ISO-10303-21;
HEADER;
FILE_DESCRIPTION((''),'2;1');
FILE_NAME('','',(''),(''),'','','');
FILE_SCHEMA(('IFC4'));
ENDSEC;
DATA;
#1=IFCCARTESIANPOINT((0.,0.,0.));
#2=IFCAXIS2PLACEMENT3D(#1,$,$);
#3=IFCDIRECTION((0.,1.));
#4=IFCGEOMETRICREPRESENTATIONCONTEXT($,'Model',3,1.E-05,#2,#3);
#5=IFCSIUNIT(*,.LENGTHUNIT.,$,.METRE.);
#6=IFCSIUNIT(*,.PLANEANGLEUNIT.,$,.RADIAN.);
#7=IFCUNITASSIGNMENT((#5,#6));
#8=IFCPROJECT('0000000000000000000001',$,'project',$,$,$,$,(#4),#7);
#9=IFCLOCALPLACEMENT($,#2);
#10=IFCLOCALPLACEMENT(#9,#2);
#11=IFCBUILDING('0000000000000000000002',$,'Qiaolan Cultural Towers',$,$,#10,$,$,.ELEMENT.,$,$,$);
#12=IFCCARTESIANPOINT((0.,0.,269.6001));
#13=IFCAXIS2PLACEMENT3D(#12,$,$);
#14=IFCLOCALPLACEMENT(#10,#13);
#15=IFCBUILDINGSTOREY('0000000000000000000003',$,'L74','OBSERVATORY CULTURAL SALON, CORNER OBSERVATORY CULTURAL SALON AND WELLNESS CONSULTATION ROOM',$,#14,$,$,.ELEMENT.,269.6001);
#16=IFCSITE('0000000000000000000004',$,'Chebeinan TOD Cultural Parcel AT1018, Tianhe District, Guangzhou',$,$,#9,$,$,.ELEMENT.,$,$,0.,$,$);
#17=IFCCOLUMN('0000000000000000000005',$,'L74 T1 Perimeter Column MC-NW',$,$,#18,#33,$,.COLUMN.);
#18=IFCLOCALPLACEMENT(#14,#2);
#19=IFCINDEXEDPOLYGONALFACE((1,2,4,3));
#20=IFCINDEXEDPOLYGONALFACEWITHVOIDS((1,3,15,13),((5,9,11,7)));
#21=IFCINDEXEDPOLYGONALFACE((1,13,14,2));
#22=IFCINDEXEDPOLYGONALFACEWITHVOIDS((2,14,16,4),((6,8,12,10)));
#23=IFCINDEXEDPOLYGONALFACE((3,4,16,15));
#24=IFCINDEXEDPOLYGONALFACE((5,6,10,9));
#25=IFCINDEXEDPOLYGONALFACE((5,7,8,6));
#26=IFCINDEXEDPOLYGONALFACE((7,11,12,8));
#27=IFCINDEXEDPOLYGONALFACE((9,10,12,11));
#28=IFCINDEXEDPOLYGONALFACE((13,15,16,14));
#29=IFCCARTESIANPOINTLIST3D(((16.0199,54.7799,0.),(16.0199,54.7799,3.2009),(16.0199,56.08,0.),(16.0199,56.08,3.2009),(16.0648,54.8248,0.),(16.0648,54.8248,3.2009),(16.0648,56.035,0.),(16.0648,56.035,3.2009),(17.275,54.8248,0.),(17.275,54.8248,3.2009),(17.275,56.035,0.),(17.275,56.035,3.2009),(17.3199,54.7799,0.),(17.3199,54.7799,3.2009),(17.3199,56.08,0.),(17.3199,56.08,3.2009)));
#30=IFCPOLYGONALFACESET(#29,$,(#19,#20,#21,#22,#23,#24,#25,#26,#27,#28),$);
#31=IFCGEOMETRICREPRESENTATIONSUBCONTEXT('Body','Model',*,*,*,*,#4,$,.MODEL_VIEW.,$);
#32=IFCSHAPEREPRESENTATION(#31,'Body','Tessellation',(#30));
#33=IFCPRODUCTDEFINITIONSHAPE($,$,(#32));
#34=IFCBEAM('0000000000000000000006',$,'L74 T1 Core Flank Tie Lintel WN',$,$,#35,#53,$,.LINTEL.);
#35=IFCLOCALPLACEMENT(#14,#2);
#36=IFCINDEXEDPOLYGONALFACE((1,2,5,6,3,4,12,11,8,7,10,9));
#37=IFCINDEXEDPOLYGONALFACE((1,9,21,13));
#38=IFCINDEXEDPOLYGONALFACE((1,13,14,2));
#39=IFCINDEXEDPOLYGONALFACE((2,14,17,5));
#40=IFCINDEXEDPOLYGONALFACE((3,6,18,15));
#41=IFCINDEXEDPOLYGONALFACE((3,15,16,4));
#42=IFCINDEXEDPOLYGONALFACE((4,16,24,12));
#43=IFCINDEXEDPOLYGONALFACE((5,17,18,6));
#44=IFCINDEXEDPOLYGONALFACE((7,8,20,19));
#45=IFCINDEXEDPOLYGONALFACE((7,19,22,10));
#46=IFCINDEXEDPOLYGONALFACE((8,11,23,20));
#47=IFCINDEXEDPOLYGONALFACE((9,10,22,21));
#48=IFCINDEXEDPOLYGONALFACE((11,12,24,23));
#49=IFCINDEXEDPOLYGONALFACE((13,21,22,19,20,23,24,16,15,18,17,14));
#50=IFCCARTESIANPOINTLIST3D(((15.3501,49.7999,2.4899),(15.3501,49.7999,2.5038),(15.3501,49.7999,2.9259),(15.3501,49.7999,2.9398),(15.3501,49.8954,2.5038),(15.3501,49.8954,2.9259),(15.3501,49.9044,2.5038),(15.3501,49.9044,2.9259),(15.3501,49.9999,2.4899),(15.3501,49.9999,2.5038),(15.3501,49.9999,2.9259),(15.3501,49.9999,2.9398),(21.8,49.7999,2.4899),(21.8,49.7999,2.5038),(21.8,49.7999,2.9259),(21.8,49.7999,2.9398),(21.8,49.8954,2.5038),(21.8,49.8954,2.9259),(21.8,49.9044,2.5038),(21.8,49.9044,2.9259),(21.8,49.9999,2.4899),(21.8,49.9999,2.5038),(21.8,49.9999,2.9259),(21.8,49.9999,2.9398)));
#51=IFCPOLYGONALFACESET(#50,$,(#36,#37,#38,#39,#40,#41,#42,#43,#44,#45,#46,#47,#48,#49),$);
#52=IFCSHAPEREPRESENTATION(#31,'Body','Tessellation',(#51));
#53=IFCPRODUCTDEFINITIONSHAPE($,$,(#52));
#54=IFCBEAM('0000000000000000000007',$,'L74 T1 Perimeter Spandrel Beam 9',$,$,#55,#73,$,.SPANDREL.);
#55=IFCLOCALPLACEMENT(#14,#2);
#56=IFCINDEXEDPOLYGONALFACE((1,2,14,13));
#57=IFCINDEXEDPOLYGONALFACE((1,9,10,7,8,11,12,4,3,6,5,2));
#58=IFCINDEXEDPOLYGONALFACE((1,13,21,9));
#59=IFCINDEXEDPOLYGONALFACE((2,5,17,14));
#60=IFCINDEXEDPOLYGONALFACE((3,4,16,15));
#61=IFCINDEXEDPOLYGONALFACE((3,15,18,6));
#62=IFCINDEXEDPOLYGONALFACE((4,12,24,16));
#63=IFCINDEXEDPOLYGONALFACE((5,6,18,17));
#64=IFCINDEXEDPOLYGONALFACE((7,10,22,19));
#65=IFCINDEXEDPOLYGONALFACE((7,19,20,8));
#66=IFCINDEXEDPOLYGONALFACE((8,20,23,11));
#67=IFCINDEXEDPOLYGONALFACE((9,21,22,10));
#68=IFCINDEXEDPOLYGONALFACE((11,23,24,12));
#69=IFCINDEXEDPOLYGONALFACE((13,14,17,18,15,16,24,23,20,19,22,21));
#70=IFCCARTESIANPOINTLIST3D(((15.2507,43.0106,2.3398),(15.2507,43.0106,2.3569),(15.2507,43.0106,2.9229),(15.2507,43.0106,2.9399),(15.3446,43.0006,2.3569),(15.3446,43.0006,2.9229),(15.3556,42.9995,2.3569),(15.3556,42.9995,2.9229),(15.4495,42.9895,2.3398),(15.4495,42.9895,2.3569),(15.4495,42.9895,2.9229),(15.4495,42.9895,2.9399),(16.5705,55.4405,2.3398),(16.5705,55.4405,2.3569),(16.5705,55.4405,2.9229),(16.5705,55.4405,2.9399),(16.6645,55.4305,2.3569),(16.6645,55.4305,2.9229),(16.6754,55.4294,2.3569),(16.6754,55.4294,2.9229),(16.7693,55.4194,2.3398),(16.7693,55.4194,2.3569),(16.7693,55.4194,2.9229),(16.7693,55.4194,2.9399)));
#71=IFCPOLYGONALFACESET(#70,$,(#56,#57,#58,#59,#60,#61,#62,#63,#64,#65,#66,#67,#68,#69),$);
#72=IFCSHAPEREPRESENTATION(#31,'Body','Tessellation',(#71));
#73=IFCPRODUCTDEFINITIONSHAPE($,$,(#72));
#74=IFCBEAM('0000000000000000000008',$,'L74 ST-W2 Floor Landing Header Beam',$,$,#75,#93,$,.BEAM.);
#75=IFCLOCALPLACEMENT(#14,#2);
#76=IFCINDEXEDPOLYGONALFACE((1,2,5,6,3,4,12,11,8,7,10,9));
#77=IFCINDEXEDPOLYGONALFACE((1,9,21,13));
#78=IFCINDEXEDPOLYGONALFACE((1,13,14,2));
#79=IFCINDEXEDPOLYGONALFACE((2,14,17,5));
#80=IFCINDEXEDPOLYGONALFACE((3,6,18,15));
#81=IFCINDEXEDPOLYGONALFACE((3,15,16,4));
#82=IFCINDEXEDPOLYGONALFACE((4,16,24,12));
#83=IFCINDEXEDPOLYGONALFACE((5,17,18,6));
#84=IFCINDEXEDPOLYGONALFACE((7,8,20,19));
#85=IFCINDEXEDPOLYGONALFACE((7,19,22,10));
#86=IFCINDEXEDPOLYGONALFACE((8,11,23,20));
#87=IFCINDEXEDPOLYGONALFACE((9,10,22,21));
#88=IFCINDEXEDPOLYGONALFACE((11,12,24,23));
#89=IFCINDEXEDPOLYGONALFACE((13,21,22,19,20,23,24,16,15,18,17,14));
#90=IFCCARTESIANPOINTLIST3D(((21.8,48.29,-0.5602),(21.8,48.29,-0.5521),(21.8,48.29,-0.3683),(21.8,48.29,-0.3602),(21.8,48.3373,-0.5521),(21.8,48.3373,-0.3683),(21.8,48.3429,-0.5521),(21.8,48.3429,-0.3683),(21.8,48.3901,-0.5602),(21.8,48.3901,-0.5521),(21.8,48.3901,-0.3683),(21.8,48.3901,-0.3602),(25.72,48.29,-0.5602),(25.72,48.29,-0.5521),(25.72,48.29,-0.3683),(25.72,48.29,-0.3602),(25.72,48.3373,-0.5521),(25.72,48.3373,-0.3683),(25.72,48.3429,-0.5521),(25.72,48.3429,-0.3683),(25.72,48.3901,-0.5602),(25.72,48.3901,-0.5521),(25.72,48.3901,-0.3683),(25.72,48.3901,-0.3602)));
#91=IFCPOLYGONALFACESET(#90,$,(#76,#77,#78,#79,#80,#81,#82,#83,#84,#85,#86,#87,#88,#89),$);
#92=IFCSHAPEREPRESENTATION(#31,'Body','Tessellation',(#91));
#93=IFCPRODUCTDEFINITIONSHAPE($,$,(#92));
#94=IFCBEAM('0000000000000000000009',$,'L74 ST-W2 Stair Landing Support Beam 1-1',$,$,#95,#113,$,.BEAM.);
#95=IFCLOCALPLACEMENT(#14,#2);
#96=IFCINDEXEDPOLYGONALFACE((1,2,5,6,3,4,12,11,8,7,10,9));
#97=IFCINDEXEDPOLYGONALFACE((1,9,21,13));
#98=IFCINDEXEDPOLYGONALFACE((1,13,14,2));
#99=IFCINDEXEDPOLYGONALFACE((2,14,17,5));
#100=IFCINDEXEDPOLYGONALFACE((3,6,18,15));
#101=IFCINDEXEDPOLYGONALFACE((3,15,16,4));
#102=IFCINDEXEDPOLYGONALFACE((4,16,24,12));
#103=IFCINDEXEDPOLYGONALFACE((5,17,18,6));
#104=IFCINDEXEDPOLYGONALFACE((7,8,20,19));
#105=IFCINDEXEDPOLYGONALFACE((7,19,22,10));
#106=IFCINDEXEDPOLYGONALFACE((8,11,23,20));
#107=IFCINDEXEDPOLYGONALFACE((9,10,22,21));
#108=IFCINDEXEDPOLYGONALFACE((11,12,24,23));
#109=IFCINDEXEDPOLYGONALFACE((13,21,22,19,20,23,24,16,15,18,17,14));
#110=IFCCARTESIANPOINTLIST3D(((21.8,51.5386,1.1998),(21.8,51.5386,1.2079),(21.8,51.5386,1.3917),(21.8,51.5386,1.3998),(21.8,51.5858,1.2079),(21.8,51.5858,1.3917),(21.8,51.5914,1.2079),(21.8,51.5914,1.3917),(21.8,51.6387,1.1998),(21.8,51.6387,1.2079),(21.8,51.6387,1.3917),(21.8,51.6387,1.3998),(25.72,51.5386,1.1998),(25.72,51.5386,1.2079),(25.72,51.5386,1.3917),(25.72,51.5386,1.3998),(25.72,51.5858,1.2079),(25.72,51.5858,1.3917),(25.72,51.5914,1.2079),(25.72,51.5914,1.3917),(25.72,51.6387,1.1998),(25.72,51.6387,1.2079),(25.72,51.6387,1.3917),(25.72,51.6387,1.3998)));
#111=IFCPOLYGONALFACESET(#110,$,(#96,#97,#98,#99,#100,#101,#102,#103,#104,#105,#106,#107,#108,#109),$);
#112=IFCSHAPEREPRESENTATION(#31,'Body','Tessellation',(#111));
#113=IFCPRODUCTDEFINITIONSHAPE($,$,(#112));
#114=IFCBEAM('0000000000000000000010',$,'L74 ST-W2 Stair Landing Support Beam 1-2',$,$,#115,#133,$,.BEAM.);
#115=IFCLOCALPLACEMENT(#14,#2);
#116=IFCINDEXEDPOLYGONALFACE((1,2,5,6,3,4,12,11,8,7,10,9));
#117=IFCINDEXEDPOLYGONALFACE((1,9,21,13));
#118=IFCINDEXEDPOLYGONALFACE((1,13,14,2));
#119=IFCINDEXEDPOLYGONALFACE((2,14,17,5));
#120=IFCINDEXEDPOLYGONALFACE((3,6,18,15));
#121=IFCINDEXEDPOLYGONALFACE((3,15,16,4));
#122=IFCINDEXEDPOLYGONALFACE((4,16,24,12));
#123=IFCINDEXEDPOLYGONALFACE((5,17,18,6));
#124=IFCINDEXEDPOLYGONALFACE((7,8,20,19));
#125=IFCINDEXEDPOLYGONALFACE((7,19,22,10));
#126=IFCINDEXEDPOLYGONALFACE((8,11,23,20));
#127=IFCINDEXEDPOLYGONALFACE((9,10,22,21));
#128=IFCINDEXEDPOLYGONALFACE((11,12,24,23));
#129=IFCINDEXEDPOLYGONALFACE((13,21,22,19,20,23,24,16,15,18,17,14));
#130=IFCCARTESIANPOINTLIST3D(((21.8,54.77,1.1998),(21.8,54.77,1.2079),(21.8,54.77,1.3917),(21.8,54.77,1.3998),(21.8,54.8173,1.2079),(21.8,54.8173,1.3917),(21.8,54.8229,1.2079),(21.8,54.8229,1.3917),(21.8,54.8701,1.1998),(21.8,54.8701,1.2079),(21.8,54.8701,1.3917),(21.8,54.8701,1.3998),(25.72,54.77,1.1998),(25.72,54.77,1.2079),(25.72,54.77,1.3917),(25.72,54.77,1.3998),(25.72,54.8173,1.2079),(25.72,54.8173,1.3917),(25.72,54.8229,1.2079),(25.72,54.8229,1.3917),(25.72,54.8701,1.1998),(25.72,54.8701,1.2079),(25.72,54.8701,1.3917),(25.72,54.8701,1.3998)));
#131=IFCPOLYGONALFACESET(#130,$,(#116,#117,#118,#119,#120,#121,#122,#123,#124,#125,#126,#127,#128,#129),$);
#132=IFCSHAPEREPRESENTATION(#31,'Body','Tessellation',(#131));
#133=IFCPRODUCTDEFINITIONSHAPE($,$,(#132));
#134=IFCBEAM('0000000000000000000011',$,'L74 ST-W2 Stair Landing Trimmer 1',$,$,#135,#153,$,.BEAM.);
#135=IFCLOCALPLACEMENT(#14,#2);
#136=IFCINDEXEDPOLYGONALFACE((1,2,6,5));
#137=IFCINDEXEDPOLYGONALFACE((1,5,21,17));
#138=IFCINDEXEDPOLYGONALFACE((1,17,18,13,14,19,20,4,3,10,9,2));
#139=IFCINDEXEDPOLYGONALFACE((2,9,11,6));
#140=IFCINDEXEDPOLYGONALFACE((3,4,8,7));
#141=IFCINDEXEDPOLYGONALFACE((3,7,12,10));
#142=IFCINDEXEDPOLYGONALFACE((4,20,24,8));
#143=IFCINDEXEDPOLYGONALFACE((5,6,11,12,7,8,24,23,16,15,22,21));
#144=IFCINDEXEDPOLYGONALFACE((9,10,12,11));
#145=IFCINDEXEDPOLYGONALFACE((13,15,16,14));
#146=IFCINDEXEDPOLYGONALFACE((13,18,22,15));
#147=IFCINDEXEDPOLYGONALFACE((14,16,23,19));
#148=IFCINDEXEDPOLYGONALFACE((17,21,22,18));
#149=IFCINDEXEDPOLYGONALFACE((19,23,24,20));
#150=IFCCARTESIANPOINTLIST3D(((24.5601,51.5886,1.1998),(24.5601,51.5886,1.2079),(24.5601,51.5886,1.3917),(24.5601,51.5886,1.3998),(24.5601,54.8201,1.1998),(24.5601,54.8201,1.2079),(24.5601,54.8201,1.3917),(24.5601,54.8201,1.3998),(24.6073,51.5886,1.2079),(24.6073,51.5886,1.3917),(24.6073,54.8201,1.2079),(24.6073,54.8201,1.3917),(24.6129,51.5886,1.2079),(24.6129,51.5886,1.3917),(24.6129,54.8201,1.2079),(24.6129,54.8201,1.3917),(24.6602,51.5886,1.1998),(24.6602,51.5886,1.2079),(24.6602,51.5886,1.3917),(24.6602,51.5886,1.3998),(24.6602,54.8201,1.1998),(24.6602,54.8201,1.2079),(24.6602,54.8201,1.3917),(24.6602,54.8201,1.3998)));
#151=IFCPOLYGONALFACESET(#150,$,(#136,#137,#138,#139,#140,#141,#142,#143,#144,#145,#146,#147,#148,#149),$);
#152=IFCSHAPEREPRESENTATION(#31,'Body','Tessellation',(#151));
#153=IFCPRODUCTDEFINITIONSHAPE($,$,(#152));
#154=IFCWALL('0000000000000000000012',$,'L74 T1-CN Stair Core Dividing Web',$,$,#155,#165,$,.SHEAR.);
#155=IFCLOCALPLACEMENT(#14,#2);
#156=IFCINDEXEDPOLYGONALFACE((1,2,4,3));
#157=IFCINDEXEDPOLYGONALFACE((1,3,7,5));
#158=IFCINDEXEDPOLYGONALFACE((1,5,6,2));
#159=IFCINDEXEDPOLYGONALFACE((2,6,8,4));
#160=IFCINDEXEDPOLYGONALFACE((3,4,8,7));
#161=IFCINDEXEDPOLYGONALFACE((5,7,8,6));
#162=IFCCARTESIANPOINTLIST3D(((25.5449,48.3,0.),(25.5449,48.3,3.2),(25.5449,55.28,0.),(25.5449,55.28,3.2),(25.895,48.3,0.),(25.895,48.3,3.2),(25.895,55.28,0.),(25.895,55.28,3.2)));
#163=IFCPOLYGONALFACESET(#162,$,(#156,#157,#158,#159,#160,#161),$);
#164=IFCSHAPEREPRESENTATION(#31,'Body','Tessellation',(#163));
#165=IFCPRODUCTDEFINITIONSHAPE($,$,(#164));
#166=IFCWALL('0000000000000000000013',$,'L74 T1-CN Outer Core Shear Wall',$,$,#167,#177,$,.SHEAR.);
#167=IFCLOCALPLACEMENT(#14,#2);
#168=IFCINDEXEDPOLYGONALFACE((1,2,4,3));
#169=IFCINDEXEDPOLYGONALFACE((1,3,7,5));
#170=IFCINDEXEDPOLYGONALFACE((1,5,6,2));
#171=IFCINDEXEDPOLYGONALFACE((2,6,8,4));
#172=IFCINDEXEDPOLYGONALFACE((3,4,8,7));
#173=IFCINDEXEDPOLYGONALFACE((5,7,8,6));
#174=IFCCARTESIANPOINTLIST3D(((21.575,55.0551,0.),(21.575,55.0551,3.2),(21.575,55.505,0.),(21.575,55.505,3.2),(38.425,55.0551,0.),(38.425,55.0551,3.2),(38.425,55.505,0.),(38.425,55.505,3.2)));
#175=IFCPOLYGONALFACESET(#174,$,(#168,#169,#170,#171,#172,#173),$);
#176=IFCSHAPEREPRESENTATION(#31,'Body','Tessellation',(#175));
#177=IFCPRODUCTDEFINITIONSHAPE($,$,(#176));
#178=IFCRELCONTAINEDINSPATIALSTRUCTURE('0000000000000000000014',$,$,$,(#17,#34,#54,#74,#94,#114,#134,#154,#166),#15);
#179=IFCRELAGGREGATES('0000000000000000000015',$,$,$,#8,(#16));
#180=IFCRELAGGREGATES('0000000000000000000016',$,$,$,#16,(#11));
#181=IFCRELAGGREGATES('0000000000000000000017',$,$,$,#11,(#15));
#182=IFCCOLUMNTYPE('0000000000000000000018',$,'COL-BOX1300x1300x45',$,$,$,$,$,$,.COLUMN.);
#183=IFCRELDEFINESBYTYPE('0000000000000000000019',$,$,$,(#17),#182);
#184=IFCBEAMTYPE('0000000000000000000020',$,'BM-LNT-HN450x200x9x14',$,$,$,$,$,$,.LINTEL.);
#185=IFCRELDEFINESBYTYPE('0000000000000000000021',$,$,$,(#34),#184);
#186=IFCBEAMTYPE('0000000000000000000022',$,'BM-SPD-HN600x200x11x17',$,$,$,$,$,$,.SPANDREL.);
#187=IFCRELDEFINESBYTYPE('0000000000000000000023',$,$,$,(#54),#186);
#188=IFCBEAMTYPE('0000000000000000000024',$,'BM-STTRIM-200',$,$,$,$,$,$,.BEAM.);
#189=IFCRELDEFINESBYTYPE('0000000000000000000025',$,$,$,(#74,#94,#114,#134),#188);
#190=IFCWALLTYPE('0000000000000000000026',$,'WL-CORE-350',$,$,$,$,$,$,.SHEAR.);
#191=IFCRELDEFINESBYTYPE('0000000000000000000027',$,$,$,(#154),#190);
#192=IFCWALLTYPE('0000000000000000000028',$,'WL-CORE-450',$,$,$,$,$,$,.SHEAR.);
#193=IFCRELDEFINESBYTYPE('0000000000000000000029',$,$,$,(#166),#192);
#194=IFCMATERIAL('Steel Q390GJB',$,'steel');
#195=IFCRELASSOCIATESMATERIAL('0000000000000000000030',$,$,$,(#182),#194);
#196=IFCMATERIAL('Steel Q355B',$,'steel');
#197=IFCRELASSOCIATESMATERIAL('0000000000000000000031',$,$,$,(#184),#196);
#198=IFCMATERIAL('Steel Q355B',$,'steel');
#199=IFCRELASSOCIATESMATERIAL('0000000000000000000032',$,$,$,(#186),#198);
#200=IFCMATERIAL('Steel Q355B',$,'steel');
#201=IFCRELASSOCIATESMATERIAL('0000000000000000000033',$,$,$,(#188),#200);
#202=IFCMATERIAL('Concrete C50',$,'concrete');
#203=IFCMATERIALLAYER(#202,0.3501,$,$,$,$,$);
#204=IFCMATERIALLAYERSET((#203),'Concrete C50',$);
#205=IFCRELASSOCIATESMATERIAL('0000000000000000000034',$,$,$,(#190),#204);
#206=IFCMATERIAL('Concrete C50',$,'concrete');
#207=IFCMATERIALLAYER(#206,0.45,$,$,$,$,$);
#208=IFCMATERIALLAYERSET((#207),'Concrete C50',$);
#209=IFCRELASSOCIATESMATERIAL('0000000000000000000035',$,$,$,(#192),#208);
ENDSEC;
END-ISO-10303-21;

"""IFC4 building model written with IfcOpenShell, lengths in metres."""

from ifc_helpers import new_model, si_unit, direction, frame, frame_2d, origin, origin_2d, place, context, subcontext, project, spatial, rectangle, hollow_rectangle, i_section, extrude, material, layer, layer_set, material_profile, profile_set, type_object, element, save


model = new_model("IFC4")

# Units and contexts
model_context = context("Model", 3, precision=1e-05, world=origin(), true_north=direction((0.0, 1.0)))
body_context = subcontext(model_context, "Body", "Model", "MODEL_VIEW")
ifc_project = project(units=[si_unit("LENGTHUNIT", "METRE"), si_unit("PLANEANGLEUNIT", "RADIAN")], contexts=[model_context])

# Site, building, storey
site_placement = place(None, origin())
site = spatial("IfcSite", under=ifc_project, at=site_placement, Name="Chebeinan TOD Cultural Parcel AT1018, Tianhe District, Guangzhou", CompositionType="ELEMENT", RefElevation=0.0)
building_placement = place(site_placement, origin())
building = spatial("IfcBuilding", under=site, at=building_placement, Name="Qiaolan Cultural Towers", CompositionType="ELEMENT")
storey_placement = place(building_placement, frame((0.0, 0.0, 269.6001)))
storey = spatial("IfcBuildingStorey", under=building, at=storey_placement, Name="L74", Description="OBSERVATORY CULTURAL SALON, CORNER OBSERVATORY CULTURAL SALON AND WELLNESS CONSULTATION ROOM", CompositionType="ELEMENT", Elevation=269.6001)

# Column
ifc_material_1 = material(Name="Steel Q390GJB", Category="steel")
ifc_material_profile_1 = material_profile(ifc_material_1, hollow_rectangle(XDim=1.3, YDim=1.3, WallThickness=0.0449, at=origin_2d()), Name="BOX1300x1300x45")
ifc_profile_set_1 = profile_set([ifc_material_profile_1], Name="Steel Q390GJB")
column_type = type_object("IfcColumnType", Name="COL-BOX1300x1300x45", PredefinedType="COLUMN", material=ifc_profile_set_1)
column_placement = place(storey_placement, frame((16.6699, 55.4299, 0.0), z_axis=(0.0, 0.0, 1.0), x_axis=(1.0, 0.0, 0.0)))
element("IfcColumn", 1, at=column_placement, inside=storey, type_object=column_type, Name="L74 T1 Perimeter Column MC-NW", PredefinedType="COLUMN", context=body_context, shape_type="SweptSolid", body=[
    extrude(hollow_rectangle(XDim=1.3, YDim=1.3, WallThickness=0.0449, at=origin_2d()), origin(), (0.0, 0.0, 1.0), 3.2009),
])

# Beams
ifc_material_2 = material(Name="Steel Q355B", Category="steel")
ifc_material_profile_2 = material_profile(ifc_material_2, i_section(OverallWidth=0.2, OverallDepth=0.45, WebThickness=0.009, FlangeThickness=0.0139, at=origin_2d()), Name="HN450x200x9x14")
ifc_profile_set_2 = profile_set([ifc_material_profile_2], Name="Steel Q355B")
beam_type_1 = type_object("IfcBeamType", Name="BM-LNT-HN450x200x9x14", PredefinedType="LINTEL", material=ifc_profile_set_2)
beam_1_placement = place(storey_placement, frame((21.8, 49.8999, 2.7148), z_axis=(-1.0, 0.0, 0.0), x_axis=(0.0, -1.0, 0.0)))
element("IfcBeam", 2, at=beam_1_placement, inside=storey, type_object=beam_type_1, Name="L74 T1 Core Flank Tie Lintel WN", PredefinedType="LINTEL", context=body_context, shape_type="SweptSolid", body=[
    extrude(i_section(OverallWidth=0.2, OverallDepth=0.45, WebThickness=0.009, FlangeThickness=0.0139, at=origin_2d()), origin(), (0.0, 0.0, 1.0), 6.45),
])
ifc_material_3 = material(Name="Steel Q355B", Category="steel")
ifc_material_profile_3 = material_profile(ifc_material_3, i_section(OverallWidth=0.2, OverallDepth=0.6001, WebThickness=0.011, FlangeThickness=0.0171, at=origin_2d()), Name="HN600x200x11x17")
ifc_profile_set_3 = profile_set([ifc_material_profile_3], Name="Steel Q355B")
beam_type_2 = type_object("IfcBeamType", Name="BM-SPD-HN600x200x11x17", PredefinedType="SPANDREL", material=ifc_profile_set_3)
beam_2_placement = place(storey_placement, frame((16.6699, 55.4299, 2.6399), z_axis=(-0.105588, -0.99441, 0.0), x_axis=(0.99441, -0.105588, 0.0)))
element("IfcBeam", 3, at=beam_2_placement, inside=storey, type_object=beam_type_2, Name="L74 T1 Perimeter Spandrel Beam 9", PredefinedType="SPANDREL", context=body_context, shape_type="SweptSolid", body=[
    extrude(i_section(OverallWidth=0.2, OverallDepth=0.6001, WebThickness=0.011, FlangeThickness=0.0171, at=origin_2d()), origin(), (0.0, 0.0, 1.0), 12.4998),
])
ifc_material_4 = material(Name="Steel Q355B", Category="steel")
ifc_material_profile_4 = material_profile(ifc_material_4, i_section(OverallWidth=0.1001, OverallDepth=0.2, WebThickness=0.0056, FlangeThickness=0.0081, at=origin_2d()), Name="HN200x100x5.5x8")
ifc_profile_set_4 = profile_set([ifc_material_profile_4], Name="Steel Q355B")
beam_type_3 = type_object("IfcBeamType", Name="BM-STTRIM-200", PredefinedType="BEAM", material=ifc_profile_set_4)
for number, where, z_axis, x_axis, name in (
    (4, (21.8, 48.3401, -0.4602), (1.0, 0.0, 0.0), (0.0, 1.0, 0.0), "L74 ST-W2 Floor Landing Header Beam"),
    (5, (21.8, 51.5886, 1.2998), (1.0, 0.0, 0.0), (0.0, 1.0, 0.0), "L74 ST-W2 Stair Landing Support Beam 1-1"),
    (6, (21.8, 54.8201, 1.2998), (1.0, 0.0, 0.0), (0.0, 1.0, 0.0), "L74 ST-W2 Stair Landing Support Beam 1-2"),
):
    element("IfcBeam", number, at=place(storey_placement, frame(where, z_axis=z_axis, x_axis=x_axis)), inside=storey, type_object=beam_type_3, Name=name, PredefinedType="BEAM", context=body_context, shape_type="SweptSolid", body=[
        extrude(i_section(OverallWidth=0.1001, OverallDepth=0.2, WebThickness=0.0056, FlangeThickness=0.0081, at=origin_2d()), origin(), (0.0, 0.0, 1.0), 3.9199),
    ])
beam_3_placement = place(storey_placement, frame((24.6101, 51.5886, 1.2998), z_axis=(0.0, 1.0, 0.0), x_axis=(-1.0, 0.0, 0.0)))
element("IfcBeam", 7, at=beam_3_placement, inside=storey, type_object=beam_type_3, Name="L74 ST-W2 Stair Landing Trimmer 1", PredefinedType="BEAM", context=body_context, shape_type="SweptSolid", body=[
    extrude(i_section(OverallWidth=0.1001, OverallDepth=0.2, WebThickness=0.0056, FlangeThickness=0.0081, at=origin_2d()), origin(), (0.0, 0.0, 1.0), 3.2314),
])

# Walls
ifc_material_5 = material(Name="Concrete C50", Category="concrete")
ifc_layer_1 = layer(ifc_material_5, 0.3501)
ifc_layer_set_1 = layer_set([ifc_layer_1], Name="Concrete C50")
wall_type_1 = type_object("IfcWallType", Name="WL-CORE-350", PredefinedType="SHEAR", material=ifc_layer_set_1)
wall_1_placement = place(storey_placement, frame((25.72, 48.3, 0.0), z_axis=(0.0, 0.0, 1.0), x_axis=(0.0, 1.0, 0.0)))
element("IfcWall", 8, at=wall_1_placement, inside=storey, type_object=wall_type_1, Name="L74 T1-CN Stair Core Dividing Web", PredefinedType="SHEAR", context=body_context, shape_type="SweptSolid", body=[
    extrude(rectangle(XDim=6.98, YDim=0.3501, at=frame_2d((3.49, 0.0))), origin(), (0.0, 0.0, 1.0), 3.2),
])
ifc_material_6 = material(Name="Concrete C50", Category="concrete")
ifc_layer_2 = layer(ifc_material_6, 0.45)
ifc_layer_set_2 = layer_set([ifc_layer_2], Name="Concrete C50")
wall_type_2 = type_object("IfcWallType", Name="WL-CORE-450", PredefinedType="SHEAR", material=ifc_layer_set_2)
wall_2_placement = place(storey_placement, frame((21.575, 55.28, 0.0), z_axis=(0.0, 0.0, 1.0), x_axis=(1.0, 0.0, 0.0)))
element("IfcWall", 9, at=wall_2_placement, inside=storey, type_object=wall_type_2, Name="L74 T1-CN Outer Core Shear Wall", PredefinedType="SHEAR", context=body_context, shape_type="SweptSolid", body=[
    extrude(rectangle(XDim=16.8501, YDim=0.45, at=frame_2d((8.425, 0.0))), origin(), (0.0, 0.0, 1.0), 3.2),
])

save(model, "model.ifc")
